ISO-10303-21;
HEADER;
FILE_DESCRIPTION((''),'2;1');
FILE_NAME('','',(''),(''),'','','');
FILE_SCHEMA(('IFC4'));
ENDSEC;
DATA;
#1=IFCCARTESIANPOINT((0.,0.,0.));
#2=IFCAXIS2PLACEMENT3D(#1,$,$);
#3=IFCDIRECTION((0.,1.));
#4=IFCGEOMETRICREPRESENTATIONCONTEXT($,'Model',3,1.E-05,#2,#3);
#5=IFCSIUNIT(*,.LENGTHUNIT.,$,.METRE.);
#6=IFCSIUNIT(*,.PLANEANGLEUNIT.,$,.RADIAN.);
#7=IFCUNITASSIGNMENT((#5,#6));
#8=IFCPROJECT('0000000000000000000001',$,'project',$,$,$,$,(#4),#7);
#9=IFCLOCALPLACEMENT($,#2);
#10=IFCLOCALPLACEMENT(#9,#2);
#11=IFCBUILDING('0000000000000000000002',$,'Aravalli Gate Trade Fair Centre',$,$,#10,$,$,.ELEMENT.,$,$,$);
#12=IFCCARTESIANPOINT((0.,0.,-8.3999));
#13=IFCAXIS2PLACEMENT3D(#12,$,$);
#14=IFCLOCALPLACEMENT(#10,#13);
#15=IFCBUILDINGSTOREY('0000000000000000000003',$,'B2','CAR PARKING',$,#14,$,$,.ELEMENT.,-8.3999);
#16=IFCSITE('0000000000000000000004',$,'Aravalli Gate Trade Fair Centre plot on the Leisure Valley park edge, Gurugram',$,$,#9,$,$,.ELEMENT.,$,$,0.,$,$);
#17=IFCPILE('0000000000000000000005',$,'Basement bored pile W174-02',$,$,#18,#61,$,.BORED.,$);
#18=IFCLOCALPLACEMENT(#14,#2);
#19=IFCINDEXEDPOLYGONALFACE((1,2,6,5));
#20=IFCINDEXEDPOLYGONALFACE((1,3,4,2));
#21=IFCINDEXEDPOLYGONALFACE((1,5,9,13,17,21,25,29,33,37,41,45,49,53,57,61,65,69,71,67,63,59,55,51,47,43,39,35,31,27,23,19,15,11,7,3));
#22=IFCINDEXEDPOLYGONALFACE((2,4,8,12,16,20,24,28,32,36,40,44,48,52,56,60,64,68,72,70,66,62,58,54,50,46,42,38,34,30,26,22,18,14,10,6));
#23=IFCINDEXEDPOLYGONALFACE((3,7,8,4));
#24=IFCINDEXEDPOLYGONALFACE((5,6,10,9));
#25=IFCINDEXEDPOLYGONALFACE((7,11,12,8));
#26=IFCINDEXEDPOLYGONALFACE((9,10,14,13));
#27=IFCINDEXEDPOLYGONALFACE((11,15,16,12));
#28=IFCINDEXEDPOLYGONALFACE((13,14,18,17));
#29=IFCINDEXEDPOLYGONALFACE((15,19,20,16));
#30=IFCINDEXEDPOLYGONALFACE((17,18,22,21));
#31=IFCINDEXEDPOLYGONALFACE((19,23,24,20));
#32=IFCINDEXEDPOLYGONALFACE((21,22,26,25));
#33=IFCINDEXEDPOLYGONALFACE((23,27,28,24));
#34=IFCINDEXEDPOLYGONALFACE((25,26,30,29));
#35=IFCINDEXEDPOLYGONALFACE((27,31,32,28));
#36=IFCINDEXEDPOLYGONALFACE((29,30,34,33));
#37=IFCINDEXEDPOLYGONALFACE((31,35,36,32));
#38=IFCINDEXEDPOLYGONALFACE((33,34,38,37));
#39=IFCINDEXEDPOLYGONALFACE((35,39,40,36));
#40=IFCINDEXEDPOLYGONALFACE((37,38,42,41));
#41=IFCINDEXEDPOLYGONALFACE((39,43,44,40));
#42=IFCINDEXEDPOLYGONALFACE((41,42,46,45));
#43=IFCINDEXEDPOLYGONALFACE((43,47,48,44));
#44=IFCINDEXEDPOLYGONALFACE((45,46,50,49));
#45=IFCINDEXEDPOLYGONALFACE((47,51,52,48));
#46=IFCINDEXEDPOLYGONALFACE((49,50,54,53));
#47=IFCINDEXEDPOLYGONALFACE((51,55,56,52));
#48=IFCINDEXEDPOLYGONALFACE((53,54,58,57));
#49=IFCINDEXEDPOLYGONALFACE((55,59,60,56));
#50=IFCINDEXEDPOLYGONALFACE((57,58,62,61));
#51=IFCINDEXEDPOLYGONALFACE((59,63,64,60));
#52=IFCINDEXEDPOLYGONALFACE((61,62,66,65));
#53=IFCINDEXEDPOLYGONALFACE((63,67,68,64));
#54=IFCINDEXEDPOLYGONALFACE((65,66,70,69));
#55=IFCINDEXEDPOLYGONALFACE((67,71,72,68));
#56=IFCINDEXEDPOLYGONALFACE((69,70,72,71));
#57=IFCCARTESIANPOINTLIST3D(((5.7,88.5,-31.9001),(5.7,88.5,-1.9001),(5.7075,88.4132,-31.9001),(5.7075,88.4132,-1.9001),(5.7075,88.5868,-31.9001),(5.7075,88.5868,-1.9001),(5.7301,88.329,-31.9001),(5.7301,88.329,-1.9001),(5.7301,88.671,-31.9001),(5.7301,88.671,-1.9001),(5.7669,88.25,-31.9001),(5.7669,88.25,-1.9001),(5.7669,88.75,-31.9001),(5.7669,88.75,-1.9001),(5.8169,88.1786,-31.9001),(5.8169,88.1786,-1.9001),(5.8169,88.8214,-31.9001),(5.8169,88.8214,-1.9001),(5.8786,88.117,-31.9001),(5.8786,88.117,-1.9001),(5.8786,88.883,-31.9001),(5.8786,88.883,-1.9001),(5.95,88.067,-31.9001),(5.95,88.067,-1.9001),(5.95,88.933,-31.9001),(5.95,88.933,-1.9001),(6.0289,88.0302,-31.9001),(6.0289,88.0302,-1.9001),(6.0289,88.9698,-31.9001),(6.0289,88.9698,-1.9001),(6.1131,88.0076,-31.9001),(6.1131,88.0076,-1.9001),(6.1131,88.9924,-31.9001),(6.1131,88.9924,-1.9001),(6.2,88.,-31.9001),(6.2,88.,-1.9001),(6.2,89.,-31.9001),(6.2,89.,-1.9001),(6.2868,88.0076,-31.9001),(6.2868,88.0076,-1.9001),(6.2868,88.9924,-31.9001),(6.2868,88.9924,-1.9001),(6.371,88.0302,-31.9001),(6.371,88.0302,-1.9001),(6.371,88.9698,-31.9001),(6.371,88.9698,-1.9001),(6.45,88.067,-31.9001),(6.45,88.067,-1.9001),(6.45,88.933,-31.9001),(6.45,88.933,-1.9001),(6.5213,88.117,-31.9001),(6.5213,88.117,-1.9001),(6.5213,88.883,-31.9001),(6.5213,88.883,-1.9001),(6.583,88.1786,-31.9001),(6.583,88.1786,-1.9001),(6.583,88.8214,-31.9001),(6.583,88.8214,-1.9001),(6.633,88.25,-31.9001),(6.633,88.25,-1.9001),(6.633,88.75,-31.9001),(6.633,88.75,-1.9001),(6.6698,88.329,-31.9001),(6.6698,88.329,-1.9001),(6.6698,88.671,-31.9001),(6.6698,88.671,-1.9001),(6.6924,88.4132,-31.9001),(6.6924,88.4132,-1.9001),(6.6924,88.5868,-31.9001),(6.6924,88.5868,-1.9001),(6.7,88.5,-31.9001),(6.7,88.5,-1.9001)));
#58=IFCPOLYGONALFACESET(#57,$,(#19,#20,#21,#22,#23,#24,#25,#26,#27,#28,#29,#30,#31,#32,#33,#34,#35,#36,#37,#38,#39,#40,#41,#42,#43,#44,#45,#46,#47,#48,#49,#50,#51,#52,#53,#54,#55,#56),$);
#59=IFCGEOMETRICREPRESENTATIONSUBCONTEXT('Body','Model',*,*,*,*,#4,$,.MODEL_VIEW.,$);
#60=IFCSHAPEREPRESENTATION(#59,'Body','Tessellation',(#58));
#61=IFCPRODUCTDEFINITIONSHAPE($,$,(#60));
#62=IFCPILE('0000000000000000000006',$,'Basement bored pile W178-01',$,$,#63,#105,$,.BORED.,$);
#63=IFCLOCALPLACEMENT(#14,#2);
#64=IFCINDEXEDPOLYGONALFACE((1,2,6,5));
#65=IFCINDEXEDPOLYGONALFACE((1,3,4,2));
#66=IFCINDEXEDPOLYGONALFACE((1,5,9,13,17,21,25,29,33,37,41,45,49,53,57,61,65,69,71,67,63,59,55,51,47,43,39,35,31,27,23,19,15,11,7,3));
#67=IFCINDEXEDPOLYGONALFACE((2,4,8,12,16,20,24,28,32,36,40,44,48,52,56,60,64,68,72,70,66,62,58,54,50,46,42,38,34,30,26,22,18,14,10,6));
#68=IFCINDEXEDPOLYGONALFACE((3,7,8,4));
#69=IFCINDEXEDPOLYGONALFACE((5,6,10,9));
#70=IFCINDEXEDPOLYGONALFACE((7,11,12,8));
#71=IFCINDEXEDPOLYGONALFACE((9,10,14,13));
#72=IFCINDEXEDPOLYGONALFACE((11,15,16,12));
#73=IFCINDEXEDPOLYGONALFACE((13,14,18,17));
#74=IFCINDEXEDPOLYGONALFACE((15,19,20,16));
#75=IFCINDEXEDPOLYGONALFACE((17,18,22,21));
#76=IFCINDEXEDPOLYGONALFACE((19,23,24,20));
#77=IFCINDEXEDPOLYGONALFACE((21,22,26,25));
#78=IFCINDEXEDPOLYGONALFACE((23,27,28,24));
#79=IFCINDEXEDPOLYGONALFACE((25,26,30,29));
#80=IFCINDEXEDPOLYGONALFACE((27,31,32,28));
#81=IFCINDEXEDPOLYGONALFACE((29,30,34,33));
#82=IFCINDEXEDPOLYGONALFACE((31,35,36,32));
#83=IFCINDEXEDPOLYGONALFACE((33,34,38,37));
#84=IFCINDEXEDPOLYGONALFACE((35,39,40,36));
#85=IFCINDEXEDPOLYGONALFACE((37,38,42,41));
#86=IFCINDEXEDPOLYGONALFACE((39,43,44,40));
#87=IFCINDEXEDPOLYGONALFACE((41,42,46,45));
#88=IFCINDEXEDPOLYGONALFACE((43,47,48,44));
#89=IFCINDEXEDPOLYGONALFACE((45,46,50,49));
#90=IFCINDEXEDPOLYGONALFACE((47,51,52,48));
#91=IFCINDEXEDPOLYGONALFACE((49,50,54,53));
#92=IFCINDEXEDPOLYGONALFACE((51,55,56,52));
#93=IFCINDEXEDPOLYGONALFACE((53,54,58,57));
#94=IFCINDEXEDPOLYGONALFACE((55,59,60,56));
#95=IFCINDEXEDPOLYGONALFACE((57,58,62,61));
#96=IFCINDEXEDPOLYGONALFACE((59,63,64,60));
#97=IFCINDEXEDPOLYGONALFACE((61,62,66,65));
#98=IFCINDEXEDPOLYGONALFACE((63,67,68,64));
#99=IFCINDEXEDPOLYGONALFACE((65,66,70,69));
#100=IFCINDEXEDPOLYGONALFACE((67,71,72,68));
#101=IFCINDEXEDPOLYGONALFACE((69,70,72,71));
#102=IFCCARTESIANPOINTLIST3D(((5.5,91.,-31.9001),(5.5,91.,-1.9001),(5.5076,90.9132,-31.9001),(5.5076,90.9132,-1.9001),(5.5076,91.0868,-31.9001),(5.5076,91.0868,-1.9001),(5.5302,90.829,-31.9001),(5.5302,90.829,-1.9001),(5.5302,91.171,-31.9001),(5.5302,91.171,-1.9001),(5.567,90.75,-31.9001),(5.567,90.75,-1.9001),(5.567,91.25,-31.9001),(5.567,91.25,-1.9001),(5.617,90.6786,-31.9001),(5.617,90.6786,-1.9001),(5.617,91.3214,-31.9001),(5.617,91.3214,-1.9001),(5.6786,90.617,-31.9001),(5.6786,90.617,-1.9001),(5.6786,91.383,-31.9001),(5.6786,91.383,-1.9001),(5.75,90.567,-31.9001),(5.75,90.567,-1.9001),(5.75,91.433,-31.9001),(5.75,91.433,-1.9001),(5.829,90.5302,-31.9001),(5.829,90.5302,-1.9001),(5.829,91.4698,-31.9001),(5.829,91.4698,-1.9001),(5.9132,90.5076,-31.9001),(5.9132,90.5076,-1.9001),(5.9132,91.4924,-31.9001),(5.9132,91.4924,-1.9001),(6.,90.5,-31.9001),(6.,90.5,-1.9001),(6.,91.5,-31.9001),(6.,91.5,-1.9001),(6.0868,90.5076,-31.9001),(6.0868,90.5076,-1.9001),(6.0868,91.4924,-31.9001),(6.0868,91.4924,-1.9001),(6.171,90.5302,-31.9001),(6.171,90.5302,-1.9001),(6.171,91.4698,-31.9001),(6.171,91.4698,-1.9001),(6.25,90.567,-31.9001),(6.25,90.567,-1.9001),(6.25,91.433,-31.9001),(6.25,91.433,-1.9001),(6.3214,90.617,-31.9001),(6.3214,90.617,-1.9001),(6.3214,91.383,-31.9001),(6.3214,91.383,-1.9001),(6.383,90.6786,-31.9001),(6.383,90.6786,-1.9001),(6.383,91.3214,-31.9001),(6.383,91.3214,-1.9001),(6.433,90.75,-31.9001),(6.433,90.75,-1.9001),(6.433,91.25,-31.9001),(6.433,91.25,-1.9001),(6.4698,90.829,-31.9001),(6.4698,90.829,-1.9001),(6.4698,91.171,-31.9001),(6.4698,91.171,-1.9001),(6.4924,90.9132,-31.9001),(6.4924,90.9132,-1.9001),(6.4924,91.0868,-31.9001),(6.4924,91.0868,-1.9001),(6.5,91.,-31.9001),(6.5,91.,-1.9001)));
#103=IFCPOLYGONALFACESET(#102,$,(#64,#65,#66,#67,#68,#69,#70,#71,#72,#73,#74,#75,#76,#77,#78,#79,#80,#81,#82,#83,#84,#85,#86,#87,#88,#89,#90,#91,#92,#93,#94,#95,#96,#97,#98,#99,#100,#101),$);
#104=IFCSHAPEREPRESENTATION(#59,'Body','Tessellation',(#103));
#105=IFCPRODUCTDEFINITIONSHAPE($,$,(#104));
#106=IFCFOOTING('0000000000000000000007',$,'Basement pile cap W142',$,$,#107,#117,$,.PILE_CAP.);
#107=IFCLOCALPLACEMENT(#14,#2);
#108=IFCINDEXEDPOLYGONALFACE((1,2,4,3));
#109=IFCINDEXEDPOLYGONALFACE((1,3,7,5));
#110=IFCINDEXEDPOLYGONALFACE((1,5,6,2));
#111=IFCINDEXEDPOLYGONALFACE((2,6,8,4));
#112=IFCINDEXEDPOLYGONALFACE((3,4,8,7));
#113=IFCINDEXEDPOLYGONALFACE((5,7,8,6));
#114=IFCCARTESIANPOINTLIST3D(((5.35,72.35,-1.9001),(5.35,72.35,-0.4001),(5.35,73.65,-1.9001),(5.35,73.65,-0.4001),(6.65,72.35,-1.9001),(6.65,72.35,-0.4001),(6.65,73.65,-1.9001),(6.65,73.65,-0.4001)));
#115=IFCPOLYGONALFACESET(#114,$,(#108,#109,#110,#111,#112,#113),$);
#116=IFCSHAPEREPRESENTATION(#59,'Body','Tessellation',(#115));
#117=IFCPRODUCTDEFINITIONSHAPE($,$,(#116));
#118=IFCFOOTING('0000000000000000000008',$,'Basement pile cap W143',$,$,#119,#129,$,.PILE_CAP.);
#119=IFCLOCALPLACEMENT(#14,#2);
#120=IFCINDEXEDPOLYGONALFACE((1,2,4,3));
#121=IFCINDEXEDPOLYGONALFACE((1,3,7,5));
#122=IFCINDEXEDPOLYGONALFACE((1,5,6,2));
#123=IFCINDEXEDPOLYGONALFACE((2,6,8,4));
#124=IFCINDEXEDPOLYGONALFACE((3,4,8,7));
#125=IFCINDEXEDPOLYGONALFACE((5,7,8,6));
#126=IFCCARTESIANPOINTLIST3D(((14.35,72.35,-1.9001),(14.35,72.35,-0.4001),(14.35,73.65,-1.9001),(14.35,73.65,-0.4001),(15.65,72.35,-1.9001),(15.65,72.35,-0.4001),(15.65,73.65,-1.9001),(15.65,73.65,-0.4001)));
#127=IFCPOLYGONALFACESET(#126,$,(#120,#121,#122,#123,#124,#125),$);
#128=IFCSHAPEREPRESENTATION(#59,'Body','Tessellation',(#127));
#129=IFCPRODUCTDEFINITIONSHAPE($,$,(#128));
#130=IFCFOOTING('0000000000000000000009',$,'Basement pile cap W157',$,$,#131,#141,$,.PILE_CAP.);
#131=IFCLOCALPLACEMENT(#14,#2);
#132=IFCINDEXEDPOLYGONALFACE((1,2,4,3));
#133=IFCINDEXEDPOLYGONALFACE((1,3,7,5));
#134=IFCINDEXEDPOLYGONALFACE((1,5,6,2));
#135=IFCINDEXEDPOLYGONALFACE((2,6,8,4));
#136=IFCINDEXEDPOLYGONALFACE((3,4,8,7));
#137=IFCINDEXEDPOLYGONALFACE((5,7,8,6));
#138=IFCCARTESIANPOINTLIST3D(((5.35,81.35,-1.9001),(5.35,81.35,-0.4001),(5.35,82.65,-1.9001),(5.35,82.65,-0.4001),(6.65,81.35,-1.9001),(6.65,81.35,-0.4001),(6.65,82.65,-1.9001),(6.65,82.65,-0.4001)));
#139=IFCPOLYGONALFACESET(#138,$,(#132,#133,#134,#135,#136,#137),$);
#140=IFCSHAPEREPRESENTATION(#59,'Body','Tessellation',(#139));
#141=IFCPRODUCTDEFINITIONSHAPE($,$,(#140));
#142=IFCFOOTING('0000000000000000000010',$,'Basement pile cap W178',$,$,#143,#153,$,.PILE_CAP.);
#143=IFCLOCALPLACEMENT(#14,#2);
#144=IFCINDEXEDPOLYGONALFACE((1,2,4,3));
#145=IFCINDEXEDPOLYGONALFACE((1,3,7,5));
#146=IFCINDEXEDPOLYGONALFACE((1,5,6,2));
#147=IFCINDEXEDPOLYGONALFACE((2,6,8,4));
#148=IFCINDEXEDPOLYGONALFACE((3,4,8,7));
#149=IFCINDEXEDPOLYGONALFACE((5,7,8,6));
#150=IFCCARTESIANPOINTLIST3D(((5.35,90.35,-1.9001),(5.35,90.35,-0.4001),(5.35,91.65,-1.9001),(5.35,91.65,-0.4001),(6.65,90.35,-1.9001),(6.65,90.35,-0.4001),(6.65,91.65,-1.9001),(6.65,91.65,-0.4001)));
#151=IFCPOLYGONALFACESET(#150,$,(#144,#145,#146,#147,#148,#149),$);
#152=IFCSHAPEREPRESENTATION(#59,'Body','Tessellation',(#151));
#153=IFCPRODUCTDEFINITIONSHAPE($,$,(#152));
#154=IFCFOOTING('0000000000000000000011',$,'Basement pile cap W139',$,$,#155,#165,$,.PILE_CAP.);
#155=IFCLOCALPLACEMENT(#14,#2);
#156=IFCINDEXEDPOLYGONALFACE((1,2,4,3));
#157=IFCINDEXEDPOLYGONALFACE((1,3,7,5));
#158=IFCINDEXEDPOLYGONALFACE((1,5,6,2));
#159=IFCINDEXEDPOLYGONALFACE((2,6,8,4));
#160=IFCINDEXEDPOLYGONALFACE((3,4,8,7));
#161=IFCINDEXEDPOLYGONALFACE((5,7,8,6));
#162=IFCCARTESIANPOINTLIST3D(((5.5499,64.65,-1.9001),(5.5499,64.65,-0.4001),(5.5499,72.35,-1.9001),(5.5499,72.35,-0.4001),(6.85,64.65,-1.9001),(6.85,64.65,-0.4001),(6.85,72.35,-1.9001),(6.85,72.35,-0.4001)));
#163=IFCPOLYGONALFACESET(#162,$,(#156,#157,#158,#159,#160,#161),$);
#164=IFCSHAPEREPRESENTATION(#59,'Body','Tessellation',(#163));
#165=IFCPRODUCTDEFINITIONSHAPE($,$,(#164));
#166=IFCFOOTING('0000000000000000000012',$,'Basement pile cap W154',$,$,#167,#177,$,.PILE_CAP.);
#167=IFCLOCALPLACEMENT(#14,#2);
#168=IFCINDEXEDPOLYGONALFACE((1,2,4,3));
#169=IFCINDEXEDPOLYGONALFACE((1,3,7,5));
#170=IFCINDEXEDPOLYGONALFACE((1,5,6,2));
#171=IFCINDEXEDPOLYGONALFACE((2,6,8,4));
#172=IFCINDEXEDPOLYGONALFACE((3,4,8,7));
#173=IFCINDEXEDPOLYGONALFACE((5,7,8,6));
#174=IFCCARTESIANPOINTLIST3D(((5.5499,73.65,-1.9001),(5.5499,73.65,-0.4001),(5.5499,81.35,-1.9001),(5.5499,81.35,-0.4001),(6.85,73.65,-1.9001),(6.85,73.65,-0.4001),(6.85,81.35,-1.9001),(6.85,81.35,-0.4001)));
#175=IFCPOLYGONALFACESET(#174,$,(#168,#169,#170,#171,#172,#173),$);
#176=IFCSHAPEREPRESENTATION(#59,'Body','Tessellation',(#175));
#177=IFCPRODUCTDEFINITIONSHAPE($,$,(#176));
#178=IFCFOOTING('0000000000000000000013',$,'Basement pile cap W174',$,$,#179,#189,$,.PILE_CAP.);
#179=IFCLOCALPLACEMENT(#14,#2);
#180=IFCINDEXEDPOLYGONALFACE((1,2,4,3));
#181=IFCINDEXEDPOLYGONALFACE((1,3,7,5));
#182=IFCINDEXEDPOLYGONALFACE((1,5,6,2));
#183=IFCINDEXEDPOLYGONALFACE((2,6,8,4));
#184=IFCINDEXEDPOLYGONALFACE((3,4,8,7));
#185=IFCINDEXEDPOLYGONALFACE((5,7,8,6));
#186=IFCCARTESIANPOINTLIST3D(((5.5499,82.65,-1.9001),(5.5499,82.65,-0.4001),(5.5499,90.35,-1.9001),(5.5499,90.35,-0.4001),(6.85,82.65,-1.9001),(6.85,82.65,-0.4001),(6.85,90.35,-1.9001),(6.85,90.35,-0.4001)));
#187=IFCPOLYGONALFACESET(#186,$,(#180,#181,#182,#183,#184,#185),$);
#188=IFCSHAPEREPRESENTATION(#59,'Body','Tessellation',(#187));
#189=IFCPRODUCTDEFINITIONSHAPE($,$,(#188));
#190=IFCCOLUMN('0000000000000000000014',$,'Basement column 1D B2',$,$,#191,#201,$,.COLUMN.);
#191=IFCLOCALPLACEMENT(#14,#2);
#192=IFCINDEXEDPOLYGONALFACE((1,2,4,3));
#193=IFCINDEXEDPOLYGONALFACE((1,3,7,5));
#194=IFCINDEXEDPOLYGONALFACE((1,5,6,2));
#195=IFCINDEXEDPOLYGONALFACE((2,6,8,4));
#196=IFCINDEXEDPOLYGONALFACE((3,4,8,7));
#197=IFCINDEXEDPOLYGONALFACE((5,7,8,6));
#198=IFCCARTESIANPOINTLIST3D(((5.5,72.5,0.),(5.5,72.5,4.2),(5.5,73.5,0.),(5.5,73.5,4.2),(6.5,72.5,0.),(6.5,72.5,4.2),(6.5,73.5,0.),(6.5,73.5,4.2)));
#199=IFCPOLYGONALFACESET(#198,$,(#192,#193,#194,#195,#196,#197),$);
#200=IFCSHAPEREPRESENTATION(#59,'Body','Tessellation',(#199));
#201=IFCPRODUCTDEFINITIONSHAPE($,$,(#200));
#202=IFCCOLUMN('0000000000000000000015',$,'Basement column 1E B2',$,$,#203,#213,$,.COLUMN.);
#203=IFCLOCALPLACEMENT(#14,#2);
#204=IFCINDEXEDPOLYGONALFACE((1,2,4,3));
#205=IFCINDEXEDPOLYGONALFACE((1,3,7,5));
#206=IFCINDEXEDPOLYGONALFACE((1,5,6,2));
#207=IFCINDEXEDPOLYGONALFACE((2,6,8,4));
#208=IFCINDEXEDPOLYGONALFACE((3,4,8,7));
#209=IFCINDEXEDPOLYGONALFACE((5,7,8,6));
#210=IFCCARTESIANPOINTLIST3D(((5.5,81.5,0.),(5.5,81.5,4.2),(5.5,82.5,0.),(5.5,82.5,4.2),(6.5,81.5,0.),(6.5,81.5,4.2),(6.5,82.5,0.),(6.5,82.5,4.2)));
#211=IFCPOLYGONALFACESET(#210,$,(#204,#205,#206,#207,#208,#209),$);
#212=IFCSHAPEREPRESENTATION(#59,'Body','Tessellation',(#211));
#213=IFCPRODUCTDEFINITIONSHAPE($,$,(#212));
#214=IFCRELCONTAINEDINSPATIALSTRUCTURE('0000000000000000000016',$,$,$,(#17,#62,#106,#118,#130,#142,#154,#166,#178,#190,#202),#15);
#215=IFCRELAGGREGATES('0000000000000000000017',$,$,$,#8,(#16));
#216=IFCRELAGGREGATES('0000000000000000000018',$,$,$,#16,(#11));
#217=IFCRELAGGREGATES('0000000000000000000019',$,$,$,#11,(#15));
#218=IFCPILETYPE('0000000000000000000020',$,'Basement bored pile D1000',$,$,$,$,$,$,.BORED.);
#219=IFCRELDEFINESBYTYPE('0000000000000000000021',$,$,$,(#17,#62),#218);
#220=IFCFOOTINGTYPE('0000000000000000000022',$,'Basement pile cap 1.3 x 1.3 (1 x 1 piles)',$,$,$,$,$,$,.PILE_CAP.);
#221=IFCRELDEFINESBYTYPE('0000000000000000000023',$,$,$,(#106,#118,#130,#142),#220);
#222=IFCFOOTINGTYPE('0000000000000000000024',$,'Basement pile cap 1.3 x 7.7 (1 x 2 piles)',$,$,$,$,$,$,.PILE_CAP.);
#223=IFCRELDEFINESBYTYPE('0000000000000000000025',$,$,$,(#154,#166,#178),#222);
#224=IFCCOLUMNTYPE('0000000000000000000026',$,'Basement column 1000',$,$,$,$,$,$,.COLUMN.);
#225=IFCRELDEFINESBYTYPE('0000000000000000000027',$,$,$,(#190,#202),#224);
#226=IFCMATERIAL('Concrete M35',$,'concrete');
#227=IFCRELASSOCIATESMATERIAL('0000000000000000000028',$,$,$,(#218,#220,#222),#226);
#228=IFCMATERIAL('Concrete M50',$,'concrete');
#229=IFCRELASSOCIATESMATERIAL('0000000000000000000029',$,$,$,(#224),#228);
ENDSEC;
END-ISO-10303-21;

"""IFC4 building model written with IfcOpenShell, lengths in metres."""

from ifc_helpers import new_model, si_unit, direction, frame, origin, origin_2d, place, context, subcontext, project, spatial, rectangle, circle, extrude, material, material_profile, profile_set, type_object, element, save


model = new_model("IFC4")

# Units and contexts
model_context = context("Model", 3, precision=1e-05, world=origin(), true_north=direction((0.0, 1.0)))
body_context = subcontext(model_context, "Body", "Model", "MODEL_VIEW")
ifc_project = project(units=[si_unit("LENGTHUNIT", "METRE"), si_unit("PLANEANGLEUNIT", "RADIAN")], contexts=[model_context])

# Site, building, storey
site_placement = place(None, origin())
site = spatial("IfcSite", under=ifc_project, at=site_placement, Name="Aravalli Gate Trade Fair Centre plot on the Leisure Valley park edge, Gurugram", CompositionType="ELEMENT", RefElevation=0.0)
building_placement = place(site_placement, origin())
building = spatial("IfcBuilding", under=site, at=building_placement, Name="Aravalli Gate Trade Fair Centre", CompositionType="ELEMENT")
storey_placement = place(building_placement, frame((0.0, 0.0, -8.3999)))
storey = spatial("IfcBuildingStorey", under=building, at=storey_placement, Name="B2", Description="CAR PARKING", CompositionType="ELEMENT", Elevation=-8.3999)

# Piles
ifc_material_1 = material(Name="Concrete M35", Category="concrete")
ifc_material_profile_1 = material_profile(ifc_material_1, circle(Radius=0.5, at=origin_2d()), Name="D1000")
ifc_profile_set_1 = profile_set([ifc_material_profile_1], Name="Concrete M35")
pile_type = type_object("IfcPileType", Name="Basement bored pile D1000", PredefinedType="BORED", material=ifc_profile_set_1)
for number, where, z_axis, x_axis, name in (
    (1, (6.2, 88.5, -1.9001), (0.0, 0.0, -1.0), (1.0, 0.0, 0.0), "Basement bored pile W174-02"),
    (2, (6.0, 91.0, -1.9001), (0.0, 0.0, -1.0), (1.0, 0.0, 0.0), "Basement bored pile W178-01"),
):
    element("IfcPile", number, at=place(storey_placement, frame(where, z_axis=z_axis, x_axis=x_axis)), inside=storey, type_object=pile_type, Name=name, PredefinedType="BORED", context=body_context, shape_type="SweptSolid", body=[
        extrude(circle(Radius=0.5, at=origin_2d()), origin(), (0.0, 0.0, 1.0), 30.0),
    ])

# Footings
footing_type_1 = type_object("IfcFootingType", Name="Basement pile cap 1.3 x 1.3 (1 x 1 piles)", PredefinedType="PILE_CAP", material=ifc_material_1)
for number, where, z_axis, x_axis, name in (
    (3, (6.0, 73.0, -1.9001), (0.0, 0.0, 1.0), (1.0, 0.0, 0.0), "Basement pile cap W142"),
    (4, (15.0, 73.0, -1.9001), (0.0, 0.0, 1.0), (1.0, 0.0, 0.0), "Basement pile cap W143"),
    (5, (6.0, 82.0, -1.9001), (0.0, 0.0, 1.0), (1.0, 0.0, 0.0), "Basement pile cap W157"),
    (6, (6.0, 91.0, -1.9001), (0.0, 0.0, 1.0), (1.0, 0.0, 0.0), "Basement pile cap W178"),
):
    element("IfcFooting", number, at=place(storey_placement, frame(where, z_axis=z_axis, x_axis=x_axis)), inside=storey, type_object=footing_type_1, Name=name, PredefinedType="PILE_CAP", context=body_context, shape_type="SweptSolid", body=[
        extrude(rectangle(XDim=1.3, YDim=1.3, at=origin_2d()), origin(), (0.0, 0.0, 1.0), 1.5),
    ])
footing_type_2 = type_object("IfcFootingType", Name="Basement pile cap 1.3 x 7.7 (1 x 2 piles)", PredefinedType="PILE_CAP", material=ifc_material_1)
for number, where, z_axis, x_axis, name in (
    (7, (6.2, 68.5, -1.9001), (0.0, 0.0, 1.0), (1.0, 0.0, 0.0), "Basement pile cap W139"),
    (8, (6.2, 77.5, -1.9001), (0.0, 0.0, 1.0), (1.0, 0.0, 0.0), "Basement pile cap W154"),
    (9, (6.2, 86.5, -1.9001), (0.0, 0.0, 1.0), (1.0, 0.0, 0.0), "Basement pile cap W174"),
):
    element("IfcFooting", number, at=place(storey_placement, frame(where, z_axis=z_axis, x_axis=x_axis)), inside=storey, type_object=footing_type_2, Name=name, PredefinedType="PILE_CAP", context=body_context, shape_type="SweptSolid", body=[
        extrude(rectangle(XDim=1.3, YDim=7.7, at=origin_2d()), origin(), (0.0, 0.0, 1.0), 1.5),
    ])

# Columns
ifc_material_2 = material(Name="Concrete M50", Category="concrete")
ifc_material_profile_2 = material_profile(ifc_material_2, rectangle(XDim=1.0, YDim=1.0, at=origin_2d()), Name="RC 1000 x 1000")
ifc_profile_set_2 = profile_set([ifc_material_profile_2], Name="Concrete M50")
column_type_1 = type_object("IfcColumnType", Name="Basement column 1000", PredefinedType="COLUMN", material=ifc_profile_set_2)
for number, where, z_axis, x_axis, name in (
    (10, (6.0, 73.0, 0.0), (0.0, 0.0, 1.0), (1.0, 0.0, 0.0), "Basement column 1D B2"),
    (11, (6.0, 82.0, 0.0), (0.0, 0.0, 1.0), (1.0, 0.0, 0.0), "Basement column 1E B2"),
):
    element("IfcColumn", number, at=place(storey_placement, frame(where, z_axis=z_axis, x_axis=x_axis)), inside=storey, type_object=column_type_1, Name=name, PredefinedType="COLUMN", context=body_context, shape_type="SweptSolid", body=[
        extrude(rectangle(XDim=1.0, YDim=1.0, at=origin_2d()), origin(), (0.0, 0.0, 1.0), 4.2),
    ])

save(model, "model.ifc")
